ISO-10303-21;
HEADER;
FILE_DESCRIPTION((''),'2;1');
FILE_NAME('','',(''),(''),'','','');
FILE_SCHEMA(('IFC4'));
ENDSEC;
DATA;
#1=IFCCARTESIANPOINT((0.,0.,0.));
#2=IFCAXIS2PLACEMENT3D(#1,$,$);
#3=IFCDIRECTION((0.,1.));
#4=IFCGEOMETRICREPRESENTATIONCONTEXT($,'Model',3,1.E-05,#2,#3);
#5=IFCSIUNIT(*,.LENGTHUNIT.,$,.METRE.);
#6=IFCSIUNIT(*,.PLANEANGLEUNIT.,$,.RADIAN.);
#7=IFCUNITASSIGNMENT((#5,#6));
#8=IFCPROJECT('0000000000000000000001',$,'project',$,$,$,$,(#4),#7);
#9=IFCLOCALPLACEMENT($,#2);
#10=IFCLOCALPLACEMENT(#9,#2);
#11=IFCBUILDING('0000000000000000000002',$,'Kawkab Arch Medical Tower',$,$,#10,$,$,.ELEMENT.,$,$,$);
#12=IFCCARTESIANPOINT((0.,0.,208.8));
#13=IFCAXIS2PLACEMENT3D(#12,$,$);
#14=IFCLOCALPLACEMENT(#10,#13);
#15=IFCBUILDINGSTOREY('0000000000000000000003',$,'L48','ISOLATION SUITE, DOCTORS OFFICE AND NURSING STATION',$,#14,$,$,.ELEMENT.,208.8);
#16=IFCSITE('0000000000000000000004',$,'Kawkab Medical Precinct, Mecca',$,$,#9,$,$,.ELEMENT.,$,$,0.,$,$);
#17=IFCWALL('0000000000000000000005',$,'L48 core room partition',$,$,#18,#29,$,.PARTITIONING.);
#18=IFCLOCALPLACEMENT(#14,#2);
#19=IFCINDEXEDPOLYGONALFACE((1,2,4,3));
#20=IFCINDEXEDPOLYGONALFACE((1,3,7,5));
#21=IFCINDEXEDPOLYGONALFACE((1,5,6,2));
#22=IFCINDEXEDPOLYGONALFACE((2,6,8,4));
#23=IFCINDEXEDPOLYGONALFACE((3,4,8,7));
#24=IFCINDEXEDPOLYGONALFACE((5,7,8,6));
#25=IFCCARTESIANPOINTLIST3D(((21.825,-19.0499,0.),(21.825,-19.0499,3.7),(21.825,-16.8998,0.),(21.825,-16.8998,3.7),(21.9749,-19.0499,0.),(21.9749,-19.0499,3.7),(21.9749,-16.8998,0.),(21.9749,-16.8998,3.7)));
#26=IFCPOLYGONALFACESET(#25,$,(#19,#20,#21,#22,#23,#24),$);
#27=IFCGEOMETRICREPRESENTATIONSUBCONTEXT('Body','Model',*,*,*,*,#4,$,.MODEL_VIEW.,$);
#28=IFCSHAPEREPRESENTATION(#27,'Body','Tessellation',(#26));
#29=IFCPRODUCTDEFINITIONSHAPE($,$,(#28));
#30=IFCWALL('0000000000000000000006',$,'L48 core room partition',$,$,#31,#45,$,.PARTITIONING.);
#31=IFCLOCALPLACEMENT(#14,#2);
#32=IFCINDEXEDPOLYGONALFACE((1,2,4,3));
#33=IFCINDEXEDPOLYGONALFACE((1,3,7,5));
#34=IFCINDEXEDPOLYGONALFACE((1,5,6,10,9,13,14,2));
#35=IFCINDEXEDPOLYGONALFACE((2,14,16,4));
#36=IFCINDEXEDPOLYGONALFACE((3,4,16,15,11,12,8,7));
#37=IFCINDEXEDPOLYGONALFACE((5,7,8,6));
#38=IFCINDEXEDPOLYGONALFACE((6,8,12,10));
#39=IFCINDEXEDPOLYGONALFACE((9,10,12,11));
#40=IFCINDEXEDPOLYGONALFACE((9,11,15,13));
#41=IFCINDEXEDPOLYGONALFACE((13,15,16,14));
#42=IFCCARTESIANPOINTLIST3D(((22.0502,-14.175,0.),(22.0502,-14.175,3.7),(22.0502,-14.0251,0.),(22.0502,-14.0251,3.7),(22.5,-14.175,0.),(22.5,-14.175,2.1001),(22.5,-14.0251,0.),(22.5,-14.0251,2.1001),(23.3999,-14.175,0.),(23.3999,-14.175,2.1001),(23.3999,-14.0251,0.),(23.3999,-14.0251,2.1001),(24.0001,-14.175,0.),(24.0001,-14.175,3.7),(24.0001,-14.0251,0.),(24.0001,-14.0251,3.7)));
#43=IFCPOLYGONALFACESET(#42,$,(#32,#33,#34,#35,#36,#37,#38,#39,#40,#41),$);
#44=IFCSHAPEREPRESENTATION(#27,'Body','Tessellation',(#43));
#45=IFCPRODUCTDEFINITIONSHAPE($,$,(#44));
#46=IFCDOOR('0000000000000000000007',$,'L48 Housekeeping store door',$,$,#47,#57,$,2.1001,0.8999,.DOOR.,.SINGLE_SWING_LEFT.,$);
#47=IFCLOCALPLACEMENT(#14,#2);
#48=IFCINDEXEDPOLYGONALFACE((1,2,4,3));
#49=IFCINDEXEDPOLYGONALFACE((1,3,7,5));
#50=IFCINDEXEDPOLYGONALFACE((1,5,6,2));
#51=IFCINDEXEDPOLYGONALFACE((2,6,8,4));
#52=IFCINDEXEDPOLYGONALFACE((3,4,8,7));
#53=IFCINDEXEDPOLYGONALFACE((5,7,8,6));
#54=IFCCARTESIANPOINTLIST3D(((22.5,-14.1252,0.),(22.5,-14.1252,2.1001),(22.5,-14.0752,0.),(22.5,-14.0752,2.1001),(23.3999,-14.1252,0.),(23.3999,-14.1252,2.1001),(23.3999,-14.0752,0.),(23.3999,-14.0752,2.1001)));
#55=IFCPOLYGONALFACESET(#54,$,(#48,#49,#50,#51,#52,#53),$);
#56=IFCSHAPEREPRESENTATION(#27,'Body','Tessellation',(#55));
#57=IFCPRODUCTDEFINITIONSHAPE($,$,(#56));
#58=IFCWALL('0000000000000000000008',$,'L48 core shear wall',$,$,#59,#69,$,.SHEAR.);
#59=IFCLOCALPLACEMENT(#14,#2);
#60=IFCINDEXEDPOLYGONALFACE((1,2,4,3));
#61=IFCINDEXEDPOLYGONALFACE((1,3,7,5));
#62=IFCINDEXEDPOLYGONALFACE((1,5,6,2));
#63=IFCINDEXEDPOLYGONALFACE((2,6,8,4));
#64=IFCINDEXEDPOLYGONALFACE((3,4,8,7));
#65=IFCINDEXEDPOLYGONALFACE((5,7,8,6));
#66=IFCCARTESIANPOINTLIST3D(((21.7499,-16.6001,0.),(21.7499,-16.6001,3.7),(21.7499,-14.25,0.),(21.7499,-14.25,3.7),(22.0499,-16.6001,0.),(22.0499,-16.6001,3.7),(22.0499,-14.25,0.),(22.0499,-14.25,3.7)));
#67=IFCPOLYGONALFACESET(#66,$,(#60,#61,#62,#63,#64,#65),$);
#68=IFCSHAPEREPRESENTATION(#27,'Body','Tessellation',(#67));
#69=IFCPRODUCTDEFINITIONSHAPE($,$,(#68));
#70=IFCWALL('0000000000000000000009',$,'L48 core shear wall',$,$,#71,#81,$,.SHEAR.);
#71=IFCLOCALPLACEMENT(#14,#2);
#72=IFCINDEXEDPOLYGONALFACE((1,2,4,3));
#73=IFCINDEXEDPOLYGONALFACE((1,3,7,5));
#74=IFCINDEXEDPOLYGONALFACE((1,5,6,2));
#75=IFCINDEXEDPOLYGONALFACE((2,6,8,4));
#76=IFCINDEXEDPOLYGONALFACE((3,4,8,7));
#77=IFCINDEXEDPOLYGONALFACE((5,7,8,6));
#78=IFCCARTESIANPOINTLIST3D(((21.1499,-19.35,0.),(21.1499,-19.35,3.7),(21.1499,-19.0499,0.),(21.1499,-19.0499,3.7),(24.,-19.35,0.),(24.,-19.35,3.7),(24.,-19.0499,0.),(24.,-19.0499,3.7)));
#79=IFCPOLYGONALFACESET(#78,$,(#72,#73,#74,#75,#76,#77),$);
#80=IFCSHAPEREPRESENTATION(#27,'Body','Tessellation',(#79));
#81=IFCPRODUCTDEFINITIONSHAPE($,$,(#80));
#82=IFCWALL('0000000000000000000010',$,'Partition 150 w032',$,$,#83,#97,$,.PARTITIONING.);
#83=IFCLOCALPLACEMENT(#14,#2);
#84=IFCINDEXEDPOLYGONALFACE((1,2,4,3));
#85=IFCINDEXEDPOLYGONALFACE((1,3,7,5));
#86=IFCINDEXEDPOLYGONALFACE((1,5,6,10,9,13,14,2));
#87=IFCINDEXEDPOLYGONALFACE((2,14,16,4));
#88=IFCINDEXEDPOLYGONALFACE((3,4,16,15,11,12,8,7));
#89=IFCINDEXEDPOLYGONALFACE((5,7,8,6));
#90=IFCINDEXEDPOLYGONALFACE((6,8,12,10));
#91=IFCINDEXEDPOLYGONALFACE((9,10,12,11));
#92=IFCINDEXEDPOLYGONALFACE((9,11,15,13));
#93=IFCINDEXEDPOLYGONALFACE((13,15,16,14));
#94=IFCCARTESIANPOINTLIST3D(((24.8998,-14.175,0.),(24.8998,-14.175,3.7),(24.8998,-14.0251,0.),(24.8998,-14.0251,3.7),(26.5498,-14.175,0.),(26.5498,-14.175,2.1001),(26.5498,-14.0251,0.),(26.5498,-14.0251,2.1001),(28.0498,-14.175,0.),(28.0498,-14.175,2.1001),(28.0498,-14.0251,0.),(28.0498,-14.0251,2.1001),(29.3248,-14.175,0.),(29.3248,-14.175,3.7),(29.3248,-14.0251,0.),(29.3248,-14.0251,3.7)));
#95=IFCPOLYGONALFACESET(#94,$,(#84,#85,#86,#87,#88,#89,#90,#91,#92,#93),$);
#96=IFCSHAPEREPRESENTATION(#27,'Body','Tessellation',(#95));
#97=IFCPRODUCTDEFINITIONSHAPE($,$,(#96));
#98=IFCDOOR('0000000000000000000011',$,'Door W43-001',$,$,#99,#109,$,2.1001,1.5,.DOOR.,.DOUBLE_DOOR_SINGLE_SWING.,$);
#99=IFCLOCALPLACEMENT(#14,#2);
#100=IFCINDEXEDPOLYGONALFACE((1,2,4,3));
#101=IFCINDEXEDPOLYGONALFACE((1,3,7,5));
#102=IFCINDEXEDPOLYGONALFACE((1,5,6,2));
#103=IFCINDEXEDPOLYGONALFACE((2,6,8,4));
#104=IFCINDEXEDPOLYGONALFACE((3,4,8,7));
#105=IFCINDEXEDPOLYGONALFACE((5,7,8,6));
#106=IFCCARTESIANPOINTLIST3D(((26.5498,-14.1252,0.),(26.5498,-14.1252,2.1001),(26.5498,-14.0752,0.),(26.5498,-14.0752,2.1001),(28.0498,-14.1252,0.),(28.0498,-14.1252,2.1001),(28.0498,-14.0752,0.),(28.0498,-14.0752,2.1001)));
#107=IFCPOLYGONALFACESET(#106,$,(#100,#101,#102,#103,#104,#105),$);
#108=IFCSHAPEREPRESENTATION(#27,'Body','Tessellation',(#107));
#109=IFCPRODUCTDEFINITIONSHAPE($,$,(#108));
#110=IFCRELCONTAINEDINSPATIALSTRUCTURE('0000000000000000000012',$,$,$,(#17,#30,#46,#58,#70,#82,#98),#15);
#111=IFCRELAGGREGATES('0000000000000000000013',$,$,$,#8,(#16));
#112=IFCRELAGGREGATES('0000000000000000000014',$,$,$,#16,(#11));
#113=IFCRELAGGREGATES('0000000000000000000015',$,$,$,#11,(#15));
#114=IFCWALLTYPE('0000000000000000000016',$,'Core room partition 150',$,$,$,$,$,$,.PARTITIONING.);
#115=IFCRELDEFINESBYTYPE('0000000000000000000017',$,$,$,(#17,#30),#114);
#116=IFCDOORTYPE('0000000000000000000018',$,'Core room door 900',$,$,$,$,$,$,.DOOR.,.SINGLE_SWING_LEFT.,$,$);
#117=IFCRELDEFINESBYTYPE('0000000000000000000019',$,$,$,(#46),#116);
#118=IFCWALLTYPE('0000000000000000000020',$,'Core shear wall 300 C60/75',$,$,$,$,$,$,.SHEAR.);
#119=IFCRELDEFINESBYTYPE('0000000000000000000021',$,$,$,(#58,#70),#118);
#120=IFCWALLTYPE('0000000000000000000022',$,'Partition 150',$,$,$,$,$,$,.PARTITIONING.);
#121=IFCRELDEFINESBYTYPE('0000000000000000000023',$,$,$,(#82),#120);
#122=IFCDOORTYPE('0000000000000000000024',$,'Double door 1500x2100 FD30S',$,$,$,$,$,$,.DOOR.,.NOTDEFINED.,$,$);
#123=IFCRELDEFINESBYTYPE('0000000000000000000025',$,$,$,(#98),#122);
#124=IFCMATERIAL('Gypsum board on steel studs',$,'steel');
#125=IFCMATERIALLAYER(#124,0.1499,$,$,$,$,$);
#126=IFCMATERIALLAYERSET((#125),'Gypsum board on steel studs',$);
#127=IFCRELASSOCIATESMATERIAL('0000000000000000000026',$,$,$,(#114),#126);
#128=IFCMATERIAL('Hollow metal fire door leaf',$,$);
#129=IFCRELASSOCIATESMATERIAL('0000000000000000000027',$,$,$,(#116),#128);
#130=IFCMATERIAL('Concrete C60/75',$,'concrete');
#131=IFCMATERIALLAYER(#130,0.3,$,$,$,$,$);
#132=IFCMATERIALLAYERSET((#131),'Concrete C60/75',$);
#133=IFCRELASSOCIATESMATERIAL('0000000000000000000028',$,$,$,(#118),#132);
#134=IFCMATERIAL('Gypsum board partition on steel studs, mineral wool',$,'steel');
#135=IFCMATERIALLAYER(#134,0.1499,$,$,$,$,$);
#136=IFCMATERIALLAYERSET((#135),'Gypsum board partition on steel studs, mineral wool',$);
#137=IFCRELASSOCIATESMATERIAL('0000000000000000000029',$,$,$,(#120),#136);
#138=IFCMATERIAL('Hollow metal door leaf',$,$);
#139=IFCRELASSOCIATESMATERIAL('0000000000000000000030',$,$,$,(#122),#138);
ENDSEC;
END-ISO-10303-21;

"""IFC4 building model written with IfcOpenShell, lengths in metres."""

from ifc_helpers import new_model, si_unit, direction, frame, frame_2d, origin, place, context, subcontext, project, spatial, rectangle, extrude, material, layer, layer_set, type_object, element, fill, save


model = new_model("IFC4")

# Units and contexts
model_context = context("Model", 3, precision=1e-05, world=origin(), true_north=direction((0.0, 1.0)))
body_context = subcontext(model_context, "Body", "Model", "MODEL_VIEW")
ifc_project = project(units=[si_unit("LENGTHUNIT", "METRE"), si_unit("PLANEANGLEUNIT", "RADIAN")], contexts=[model_context])

# Site, building, storey
site_placement = place(None, origin())
site = spatial("IfcSite", under=ifc_project, at=site_placement, Name="Kawkab Medical Precinct, Mecca", CompositionType="ELEMENT", RefElevation=0.0)
building_placement = place(site_placement, origin())
building = spatial("IfcBuilding", under=site, at=building_placement, Name="Kawkab Arch Medical Tower", CompositionType="ELEMENT")
storey_placement = place(building_placement, frame((0.0, 0.0, 208.8)))
storey = spatial("IfcBuildingStorey", under=building, at=storey_placement, Name="L48", Description="ISOLATION SUITE, DOCTORS OFFICE AND NURSING STATION", CompositionType="ELEMENT", Elevation=208.8)

# Wall
ifc_material_1 = material(Name="Gypsum board on steel studs", Category="steel")
ifc_layer_1 = layer(ifc_material_1, 0.1499)
ifc_layer_set_1 = layer_set([ifc_layer_1], Name="Gypsum board on steel studs")
wall_type_1 = type_object("IfcWallType", Name="Core room partition 150", PredefinedType="PARTITIONING", material=ifc_layer_set_1)
wall_1_placement = place(storey_placement, frame((21.8999, -19.05, 0.0), z_axis=(0.0, 0.0, 1.0), x_axis=(0.0, 1.0, 0.0)))
element("IfcWall", 1, at=wall_1_placement, inside=storey, type_object=wall_type_1, Name="L48 core room partition", PredefinedType="PARTITIONING", context=body_context, shape_type="SweptSolid", body=[
    extrude(rectangle(XDim=2.1501, YDim=0.1499, at=frame_2d((1.0752, 0.0))), origin(), (0.0, 0.0, 1.0), 3.7),
])

# Wall, opening, door
wall_2_placement = place(storey_placement, frame((22.05, -14.1001, 0.0), z_axis=(0.0, 0.0, 1.0), x_axis=(1.0, 0.0, 0.0)))
wall_2 = element("IfcWall", 2, at=wall_2_placement, inside=storey, type_object=wall_type_1, Name="L48 core room partition", PredefinedType="PARTITIONING", context=body_context, shape_type="SweptSolid", body=[
    extrude(rectangle(XDim=1.95, YDim=0.1499, at=frame_2d((0.9751, 0.0))), origin(), (0.0, 0.0, 1.0), 3.7),
])
opening_1_placement = place(wall_2_placement, frame((0.45, 0.0, 0.0)))
opening_1 = element("IfcOpeningElement", 3, at=opening_1_placement, cuts=wall_2, PredefinedType="OPENING", context=body_context, shape_type="SweptSolid", body=[
    extrude(rectangle(XDim=0.8999, YDim=2.1001, at=frame_2d((0.45, 1.05))), frame((0.0, 0.085, 0.0), z_axis=(0.0, -1.0, 0.0), x_axis=(1.0, 0.0, 0.0)), (0.0, 0.0, 1.0), 0.1699),
])
ifc_material_2 = material(Name="Hollow metal fire door leaf")
door_type_1 = type_object("IfcDoorType", Name="Core room door 900", OperationType="SINGLE_SWING_LEFT", PredefinedType="DOOR", material=ifc_material_2)
door_1_placement = place(opening_1_placement, origin())
door_1 = element("IfcDoor", 4, at=door_1_placement, inside=storey, type_object=door_type_1, Name="L48 Housekeeping store door", OperationType="SINGLE_SWING_LEFT", OverallHeight=2.1001, OverallWidth=0.8999, PredefinedType="DOOR", context=body_context, shape_type="SweptSolid", body=[
    extrude(rectangle(XDim=0.8999, YDim=2.1001, at=frame_2d((0.45, 1.05))), frame((0.0, 0.0249, 0.0), z_axis=(0.0, -1.0, 0.0), x_axis=(1.0, 0.0, 0.0)), (0.0, 0.0, 1.0), 0.05),
])
fill(opening_1, door_1)

# Walls
ifc_material_3 = material(Name="Concrete C60/75", Category="concrete")
ifc_layer_2 = layer(ifc_material_3, 0.3)
ifc_layer_set_2 = layer_set([ifc_layer_2], Name="Concrete C60/75")
wall_type_2 = type_object("IfcWallType", Name="Core shear wall 300 C60/75", PredefinedType="SHEAR", material=ifc_layer_set_2)
wall_3_placement = place(storey_placement, frame((21.8999, -16.6001, 0.0), z_axis=(0.0, 0.0, 1.0), x_axis=(0.0, 1.0, 0.0)))
element("IfcWall", 5, at=wall_3_placement, inside=storey, type_object=wall_type_2, Name="L48 core shear wall", PredefinedType="SHEAR", context=body_context, shape_type="SweptSolid", body=[
    extrude(rectangle(XDim=2.3501, YDim=0.3, at=frame_2d((1.175, 0.0))), origin(), (0.0, 0.0, 1.0), 3.7),
])
wall_4_placement = place(storey_placement, frame((21.1499, -19.2, 0.0), z_axis=(0.0, 0.0, 1.0), x_axis=(1.0, 0.0, 0.0)))
element("IfcWall", 6, at=wall_4_placement, inside=storey, type_object=wall_type_2, Name="L48 core shear wall", PredefinedType="SHEAR", context=body_context, shape_type="SweptSolid", body=[
    extrude(rectangle(XDim=2.8501, YDim=0.3, at=frame_2d((1.425, 0.0))), origin(), (0.0, 0.0, 1.0), 3.7),
])

# Wall, opening, door
ifc_material_4 = material(Name="Gypsum board partition on steel studs, mineral wool", Category="steel")
ifc_layer_3 = layer(ifc_material_4, 0.1499)
ifc_layer_set_3 = layer_set([ifc_layer_3], Name="Gypsum board partition on steel studs, mineral wool")
wall_type_3 = type_object("IfcWallType", Name="Partition 150", PredefinedType="PARTITIONING", material=ifc_layer_set_3)
wall_5_placement = place(storey_placement, frame((24.8999, -14.1001, 0.0), z_axis=(0.0, 0.0, 1.0), x_axis=(1.0, 0.0, 0.0)))
wall_5 = element("IfcWall", 7, at=wall_5_placement, inside=storey, type_object=wall_type_3, Name="Partition 150 w032", PredefinedType="PARTITIONING", context=body_context, shape_type="SweptSolid", body=[
    extrude(rectangle(XDim=4.425, YDim=0.1499, at=frame_2d((2.2124, 0.0))), origin(), (0.0, 0.0, 1.0), 3.7),
])
opening_2_placement = place(wall_5_placement, frame((1.6499, 0.0, 0.0)))
opening_2 = element("IfcOpeningElement", 8, at=opening_2_placement, cuts=wall_5, PredefinedType="OPENING", context=body_context, shape_type="SweptSolid", body=[
    extrude(rectangle(XDim=1.5, YDim=2.1001, at=frame_2d((0.75, 1.05))), frame((0.0, 0.085, 0.0), z_axis=(0.0, -1.0, 0.0), x_axis=(1.0, 0.0, 0.0)), (0.0, 0.0, 1.0), 0.1699),
])
ifc_material_5 = material(Name="Hollow metal door leaf")
door_type_2 = type_object("IfcDoorType", Name="Double door 1500x2100 FD30S", OperationType="NOTDEFINED", PredefinedType="DOOR", material=ifc_material_5)
door_2_placement = place(opening_2_placement, origin())
door_2 = element("IfcDoor", 9, at=door_2_placement, inside=storey, type_object=door_type_2, Name="Door W43-001", OperationType="DOUBLE_DOOR_SINGLE_SWING", OverallHeight=2.1001, OverallWidth=1.5, PredefinedType="DOOR", context=body_context, shape_type="SweptSolid", body=[
    extrude(rectangle(XDim=1.5, YDim=2.1001, at=frame_2d((0.75, 1.05))), frame((0.0, 0.0249, 0.0), z_axis=(0.0, -1.0, 0.0), x_axis=(1.0, 0.0, 0.0)), (0.0, 0.0, 1.0), 0.05),
])
fill(opening_2, door_2)

save(model, "model.ifc")
